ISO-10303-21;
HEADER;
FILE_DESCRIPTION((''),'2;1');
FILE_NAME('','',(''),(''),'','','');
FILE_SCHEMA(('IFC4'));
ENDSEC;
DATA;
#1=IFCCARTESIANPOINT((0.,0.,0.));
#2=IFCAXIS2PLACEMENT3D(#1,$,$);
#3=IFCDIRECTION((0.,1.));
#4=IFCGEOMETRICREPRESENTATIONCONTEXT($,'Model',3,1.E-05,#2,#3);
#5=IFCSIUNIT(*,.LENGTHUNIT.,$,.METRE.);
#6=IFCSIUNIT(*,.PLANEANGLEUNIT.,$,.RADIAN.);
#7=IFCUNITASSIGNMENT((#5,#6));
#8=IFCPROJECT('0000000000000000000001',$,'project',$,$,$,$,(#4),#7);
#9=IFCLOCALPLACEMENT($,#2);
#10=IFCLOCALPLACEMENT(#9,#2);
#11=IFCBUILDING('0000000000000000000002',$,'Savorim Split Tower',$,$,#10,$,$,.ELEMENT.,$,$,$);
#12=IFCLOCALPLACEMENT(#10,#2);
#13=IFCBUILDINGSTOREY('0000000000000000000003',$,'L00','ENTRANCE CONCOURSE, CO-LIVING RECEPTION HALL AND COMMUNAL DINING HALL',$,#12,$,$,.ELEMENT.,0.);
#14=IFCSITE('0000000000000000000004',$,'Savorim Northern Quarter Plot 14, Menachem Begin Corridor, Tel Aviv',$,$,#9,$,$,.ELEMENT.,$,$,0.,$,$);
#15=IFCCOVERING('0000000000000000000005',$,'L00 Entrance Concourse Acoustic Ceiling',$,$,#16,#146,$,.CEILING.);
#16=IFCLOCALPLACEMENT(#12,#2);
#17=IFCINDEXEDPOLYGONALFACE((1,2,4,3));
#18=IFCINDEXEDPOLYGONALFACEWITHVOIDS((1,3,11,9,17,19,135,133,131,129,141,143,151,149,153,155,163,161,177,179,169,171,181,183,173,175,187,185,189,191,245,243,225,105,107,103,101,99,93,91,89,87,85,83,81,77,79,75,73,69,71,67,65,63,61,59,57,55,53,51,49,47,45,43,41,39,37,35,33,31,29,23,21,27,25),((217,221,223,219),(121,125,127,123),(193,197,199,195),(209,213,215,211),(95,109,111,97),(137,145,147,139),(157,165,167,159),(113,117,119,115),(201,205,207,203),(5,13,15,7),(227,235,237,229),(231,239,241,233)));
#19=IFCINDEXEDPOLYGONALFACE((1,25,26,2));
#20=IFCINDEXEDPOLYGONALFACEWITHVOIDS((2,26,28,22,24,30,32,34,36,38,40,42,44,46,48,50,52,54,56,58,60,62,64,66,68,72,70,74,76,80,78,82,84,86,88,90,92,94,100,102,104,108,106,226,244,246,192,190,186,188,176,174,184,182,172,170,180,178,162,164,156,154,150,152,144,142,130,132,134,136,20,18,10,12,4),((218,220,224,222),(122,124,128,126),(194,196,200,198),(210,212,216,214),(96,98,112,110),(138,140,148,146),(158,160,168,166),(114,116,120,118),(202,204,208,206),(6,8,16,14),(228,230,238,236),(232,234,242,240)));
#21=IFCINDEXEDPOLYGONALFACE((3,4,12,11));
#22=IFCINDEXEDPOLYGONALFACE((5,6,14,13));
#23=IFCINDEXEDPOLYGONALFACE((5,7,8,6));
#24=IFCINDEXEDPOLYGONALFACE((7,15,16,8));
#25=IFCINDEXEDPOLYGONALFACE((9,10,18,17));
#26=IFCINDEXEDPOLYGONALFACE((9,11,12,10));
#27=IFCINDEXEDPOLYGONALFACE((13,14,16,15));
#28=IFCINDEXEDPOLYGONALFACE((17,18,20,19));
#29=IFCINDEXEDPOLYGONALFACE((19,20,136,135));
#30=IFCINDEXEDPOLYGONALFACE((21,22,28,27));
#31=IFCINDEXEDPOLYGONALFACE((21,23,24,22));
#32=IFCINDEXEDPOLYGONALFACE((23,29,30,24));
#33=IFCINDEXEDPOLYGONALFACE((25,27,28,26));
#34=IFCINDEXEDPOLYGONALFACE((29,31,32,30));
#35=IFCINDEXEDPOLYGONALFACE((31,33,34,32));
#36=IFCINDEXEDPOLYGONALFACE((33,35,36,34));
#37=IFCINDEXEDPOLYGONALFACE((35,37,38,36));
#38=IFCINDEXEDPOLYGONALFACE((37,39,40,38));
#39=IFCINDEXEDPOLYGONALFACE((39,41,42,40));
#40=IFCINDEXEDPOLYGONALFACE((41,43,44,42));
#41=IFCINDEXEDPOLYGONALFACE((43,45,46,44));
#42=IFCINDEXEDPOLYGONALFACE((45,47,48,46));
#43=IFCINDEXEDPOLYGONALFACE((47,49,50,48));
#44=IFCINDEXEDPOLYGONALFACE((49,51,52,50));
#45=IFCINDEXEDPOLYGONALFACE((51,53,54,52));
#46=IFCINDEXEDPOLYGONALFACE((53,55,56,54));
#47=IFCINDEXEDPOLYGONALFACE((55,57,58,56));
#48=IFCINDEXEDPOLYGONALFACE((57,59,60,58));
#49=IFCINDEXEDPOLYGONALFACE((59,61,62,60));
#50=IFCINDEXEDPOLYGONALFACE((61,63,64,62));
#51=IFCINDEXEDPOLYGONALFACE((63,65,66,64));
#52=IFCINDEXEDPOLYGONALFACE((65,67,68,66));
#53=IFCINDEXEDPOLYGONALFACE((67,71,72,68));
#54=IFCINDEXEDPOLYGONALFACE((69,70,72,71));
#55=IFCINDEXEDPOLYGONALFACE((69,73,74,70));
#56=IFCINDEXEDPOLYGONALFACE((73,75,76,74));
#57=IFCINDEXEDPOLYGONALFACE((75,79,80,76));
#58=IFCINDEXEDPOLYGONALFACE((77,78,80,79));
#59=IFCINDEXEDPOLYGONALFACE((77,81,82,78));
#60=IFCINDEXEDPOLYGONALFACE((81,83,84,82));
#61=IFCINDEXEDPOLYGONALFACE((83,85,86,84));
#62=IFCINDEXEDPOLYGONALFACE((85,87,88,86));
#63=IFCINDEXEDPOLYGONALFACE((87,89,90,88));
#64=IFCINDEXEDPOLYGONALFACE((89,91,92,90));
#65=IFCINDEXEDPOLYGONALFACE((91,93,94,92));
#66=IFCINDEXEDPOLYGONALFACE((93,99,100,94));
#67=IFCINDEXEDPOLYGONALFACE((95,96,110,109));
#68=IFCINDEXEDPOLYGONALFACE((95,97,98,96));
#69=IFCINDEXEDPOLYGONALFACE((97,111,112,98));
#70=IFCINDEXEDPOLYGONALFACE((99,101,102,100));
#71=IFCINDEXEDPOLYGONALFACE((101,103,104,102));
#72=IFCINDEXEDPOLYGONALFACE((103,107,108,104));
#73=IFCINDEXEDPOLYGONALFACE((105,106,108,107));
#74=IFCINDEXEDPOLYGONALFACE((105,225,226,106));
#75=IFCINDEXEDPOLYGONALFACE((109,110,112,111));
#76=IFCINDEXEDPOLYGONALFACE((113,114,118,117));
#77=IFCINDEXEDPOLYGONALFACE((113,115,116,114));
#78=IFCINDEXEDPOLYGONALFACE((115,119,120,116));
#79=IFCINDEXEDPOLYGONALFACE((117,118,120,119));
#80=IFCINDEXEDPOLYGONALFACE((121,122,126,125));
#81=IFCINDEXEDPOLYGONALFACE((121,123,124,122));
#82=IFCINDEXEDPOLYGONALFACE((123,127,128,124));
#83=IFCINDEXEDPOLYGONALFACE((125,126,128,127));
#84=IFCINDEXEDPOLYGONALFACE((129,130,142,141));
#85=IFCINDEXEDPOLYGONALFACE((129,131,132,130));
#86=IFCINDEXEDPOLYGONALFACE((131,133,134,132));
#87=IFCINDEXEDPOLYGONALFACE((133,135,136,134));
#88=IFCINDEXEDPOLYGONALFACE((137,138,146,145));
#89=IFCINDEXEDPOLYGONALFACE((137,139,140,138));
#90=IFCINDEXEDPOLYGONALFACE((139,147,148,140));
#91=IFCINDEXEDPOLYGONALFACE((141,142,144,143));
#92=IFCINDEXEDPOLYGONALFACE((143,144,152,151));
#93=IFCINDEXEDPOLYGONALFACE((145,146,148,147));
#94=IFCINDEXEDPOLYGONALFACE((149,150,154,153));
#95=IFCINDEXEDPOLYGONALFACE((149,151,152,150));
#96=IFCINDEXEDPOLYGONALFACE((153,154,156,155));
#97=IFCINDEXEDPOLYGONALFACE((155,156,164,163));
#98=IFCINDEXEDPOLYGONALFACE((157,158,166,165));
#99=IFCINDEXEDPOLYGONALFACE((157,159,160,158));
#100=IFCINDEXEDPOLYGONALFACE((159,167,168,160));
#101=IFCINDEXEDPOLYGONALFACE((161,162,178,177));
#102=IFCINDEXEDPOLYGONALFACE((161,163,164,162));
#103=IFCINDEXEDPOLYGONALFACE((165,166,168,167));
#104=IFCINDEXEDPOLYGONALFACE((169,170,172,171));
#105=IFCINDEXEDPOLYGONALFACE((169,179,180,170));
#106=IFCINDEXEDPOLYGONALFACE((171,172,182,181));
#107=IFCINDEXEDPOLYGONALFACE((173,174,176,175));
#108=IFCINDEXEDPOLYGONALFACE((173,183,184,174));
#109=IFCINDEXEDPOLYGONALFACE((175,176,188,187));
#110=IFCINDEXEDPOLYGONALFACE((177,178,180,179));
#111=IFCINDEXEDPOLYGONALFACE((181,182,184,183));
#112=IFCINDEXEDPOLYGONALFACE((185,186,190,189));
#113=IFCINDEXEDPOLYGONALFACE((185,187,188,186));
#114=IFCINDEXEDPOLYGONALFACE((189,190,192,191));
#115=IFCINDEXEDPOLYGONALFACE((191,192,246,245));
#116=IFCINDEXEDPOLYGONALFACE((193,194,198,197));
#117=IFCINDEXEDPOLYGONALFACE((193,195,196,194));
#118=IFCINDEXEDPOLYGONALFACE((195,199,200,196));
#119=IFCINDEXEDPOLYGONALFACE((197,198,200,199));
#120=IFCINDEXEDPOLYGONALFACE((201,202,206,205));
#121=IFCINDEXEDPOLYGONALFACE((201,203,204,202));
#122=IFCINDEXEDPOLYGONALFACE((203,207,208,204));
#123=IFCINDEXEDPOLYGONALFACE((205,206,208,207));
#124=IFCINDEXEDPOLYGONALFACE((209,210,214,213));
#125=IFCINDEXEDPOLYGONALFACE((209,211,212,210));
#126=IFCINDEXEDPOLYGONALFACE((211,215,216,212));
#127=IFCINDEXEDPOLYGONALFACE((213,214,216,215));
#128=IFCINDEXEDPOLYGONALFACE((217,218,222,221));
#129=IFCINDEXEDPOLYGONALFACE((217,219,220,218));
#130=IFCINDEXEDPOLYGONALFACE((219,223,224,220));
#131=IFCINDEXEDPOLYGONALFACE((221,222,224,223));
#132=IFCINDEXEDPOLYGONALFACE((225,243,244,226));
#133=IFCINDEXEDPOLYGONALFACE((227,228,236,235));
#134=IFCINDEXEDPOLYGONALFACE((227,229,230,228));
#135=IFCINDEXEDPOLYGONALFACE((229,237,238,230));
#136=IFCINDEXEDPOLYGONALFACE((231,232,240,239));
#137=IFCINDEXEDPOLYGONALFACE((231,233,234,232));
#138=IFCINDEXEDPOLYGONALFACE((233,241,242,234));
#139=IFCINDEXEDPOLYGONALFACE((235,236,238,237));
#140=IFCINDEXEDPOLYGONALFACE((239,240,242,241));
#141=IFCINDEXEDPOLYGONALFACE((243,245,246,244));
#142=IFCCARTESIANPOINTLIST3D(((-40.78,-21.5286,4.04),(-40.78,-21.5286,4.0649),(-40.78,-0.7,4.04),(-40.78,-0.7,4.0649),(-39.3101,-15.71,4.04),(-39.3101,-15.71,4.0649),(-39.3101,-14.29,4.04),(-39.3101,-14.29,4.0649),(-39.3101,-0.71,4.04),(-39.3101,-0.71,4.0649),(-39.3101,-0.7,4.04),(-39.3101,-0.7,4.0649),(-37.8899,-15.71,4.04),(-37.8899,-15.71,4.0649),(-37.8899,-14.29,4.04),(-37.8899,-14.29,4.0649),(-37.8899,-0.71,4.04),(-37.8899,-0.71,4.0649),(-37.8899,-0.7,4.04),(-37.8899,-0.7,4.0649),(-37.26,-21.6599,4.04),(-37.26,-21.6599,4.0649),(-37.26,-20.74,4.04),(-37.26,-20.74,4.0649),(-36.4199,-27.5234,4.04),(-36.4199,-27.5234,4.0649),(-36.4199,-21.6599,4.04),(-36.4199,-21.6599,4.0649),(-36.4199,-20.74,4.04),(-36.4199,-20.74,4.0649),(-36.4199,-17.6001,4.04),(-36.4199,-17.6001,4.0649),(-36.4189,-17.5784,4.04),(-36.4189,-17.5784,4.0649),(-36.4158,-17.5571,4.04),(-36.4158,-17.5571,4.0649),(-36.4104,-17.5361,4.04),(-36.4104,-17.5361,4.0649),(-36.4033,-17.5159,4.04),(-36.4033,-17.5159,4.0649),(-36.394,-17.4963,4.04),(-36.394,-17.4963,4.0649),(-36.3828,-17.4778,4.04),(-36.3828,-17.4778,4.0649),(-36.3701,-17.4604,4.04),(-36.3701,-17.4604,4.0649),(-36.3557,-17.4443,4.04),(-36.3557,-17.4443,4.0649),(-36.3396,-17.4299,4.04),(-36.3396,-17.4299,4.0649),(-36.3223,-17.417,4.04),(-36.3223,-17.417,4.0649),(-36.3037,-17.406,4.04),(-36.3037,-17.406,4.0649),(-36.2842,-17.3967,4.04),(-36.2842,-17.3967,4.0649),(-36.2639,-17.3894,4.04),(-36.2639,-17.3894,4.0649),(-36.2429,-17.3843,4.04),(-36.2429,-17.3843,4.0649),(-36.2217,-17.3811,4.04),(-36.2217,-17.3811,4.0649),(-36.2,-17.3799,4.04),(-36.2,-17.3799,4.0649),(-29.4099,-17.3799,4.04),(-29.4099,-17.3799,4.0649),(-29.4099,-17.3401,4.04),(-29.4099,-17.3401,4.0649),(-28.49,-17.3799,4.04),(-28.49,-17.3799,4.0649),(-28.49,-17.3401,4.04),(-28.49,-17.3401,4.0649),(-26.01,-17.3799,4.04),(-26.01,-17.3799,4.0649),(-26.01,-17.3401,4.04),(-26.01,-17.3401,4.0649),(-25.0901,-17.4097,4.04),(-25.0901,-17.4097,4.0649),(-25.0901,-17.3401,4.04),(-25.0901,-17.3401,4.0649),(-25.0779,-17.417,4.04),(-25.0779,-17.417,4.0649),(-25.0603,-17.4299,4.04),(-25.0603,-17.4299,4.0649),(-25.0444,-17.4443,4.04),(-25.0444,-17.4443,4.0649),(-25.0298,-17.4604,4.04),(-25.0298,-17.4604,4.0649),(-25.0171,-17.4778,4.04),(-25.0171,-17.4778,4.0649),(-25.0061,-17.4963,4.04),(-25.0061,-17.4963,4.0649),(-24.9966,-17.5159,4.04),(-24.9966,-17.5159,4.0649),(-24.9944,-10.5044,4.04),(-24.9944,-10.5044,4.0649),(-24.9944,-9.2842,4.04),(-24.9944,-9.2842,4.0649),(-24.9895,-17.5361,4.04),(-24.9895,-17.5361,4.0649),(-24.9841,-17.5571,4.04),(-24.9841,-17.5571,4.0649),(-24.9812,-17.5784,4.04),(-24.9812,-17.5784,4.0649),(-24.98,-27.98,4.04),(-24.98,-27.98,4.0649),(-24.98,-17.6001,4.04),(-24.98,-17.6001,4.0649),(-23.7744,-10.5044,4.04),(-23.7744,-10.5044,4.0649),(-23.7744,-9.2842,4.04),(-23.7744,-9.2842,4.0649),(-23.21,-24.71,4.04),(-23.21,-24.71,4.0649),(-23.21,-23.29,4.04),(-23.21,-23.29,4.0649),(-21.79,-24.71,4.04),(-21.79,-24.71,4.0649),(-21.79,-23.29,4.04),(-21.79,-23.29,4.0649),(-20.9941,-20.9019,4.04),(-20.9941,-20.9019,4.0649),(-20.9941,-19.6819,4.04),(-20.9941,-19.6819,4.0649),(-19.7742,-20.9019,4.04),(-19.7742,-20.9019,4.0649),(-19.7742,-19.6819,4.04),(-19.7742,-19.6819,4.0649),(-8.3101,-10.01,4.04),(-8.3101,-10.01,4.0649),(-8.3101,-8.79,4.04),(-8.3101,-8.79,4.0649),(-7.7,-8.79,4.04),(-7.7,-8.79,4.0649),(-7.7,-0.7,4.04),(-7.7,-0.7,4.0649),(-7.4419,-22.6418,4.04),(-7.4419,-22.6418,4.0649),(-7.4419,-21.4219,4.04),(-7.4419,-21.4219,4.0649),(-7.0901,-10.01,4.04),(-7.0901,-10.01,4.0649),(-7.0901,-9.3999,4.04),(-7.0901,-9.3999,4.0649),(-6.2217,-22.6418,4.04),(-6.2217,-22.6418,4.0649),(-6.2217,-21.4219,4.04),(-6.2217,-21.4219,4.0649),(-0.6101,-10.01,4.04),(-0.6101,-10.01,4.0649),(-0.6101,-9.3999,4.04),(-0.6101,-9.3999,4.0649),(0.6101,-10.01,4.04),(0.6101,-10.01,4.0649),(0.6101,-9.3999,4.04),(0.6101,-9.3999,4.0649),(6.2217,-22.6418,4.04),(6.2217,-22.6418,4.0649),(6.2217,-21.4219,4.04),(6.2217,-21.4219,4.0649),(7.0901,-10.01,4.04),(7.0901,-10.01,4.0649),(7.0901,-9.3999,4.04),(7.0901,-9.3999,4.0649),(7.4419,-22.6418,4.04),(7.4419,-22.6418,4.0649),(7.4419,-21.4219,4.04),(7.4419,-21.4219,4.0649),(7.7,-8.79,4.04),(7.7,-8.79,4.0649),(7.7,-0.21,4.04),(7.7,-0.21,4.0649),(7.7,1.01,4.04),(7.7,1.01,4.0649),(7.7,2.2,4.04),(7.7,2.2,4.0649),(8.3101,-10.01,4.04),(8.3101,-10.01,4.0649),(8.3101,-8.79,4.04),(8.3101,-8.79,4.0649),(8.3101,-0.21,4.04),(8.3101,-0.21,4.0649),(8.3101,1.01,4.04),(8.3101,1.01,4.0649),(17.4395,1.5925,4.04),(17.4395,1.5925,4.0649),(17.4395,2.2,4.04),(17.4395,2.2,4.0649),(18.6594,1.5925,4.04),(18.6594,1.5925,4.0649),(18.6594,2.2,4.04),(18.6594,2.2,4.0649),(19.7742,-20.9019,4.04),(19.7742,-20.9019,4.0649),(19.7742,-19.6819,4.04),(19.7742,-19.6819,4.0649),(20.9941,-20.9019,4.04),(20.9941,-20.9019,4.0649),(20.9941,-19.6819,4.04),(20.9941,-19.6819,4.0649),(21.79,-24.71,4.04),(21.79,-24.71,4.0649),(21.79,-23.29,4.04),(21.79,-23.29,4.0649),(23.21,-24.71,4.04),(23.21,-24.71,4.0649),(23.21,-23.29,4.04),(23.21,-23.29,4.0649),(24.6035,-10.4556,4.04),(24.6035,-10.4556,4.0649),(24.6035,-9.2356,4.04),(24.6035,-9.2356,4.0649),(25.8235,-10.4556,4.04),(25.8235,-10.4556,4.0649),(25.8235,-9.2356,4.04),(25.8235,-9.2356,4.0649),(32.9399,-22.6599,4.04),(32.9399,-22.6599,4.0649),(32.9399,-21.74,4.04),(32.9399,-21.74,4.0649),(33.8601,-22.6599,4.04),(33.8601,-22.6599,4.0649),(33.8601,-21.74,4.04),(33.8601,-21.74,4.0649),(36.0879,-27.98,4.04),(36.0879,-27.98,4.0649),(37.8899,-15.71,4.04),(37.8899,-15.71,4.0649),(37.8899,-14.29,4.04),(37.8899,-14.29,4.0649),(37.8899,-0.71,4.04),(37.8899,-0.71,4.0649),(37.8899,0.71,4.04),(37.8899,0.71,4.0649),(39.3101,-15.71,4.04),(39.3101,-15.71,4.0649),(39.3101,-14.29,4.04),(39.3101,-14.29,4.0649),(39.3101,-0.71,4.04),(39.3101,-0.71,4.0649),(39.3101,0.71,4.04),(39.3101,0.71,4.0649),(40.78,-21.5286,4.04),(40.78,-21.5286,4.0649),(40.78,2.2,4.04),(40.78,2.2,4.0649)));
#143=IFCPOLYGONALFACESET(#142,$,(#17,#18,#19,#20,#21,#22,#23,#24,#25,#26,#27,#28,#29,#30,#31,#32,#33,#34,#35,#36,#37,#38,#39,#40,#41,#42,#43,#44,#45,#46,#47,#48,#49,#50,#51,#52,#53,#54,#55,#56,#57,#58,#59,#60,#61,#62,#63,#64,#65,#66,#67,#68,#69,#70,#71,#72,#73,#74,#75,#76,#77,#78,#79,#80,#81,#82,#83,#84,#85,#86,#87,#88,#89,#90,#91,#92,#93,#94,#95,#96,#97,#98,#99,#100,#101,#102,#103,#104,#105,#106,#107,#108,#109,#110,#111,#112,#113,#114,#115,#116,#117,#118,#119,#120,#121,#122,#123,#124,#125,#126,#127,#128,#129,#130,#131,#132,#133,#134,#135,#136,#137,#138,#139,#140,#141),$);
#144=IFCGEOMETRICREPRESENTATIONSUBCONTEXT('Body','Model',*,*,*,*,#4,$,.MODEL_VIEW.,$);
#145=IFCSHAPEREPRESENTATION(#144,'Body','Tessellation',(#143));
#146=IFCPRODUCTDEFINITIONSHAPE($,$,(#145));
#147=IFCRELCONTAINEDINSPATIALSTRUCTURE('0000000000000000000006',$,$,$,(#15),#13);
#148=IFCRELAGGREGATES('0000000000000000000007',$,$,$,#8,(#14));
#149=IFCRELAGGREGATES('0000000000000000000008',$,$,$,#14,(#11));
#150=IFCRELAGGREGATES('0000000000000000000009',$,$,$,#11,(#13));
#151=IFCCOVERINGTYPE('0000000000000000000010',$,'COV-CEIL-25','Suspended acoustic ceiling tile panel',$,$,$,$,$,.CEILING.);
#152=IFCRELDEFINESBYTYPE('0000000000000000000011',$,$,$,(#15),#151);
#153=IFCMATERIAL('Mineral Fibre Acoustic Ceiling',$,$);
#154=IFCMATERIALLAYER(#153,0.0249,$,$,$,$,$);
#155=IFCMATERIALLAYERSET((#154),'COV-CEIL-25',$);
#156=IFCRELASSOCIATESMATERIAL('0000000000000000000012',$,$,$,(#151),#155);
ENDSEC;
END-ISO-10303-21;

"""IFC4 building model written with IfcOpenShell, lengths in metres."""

from ifc_helpers import new_model, si_unit, direction, frame, origin, place, context, subcontext, project, spatial, polyline, outline, extrude, material, layer, layer_set, type_object, element, save


model = new_model("IFC4")

# Units and contexts
model_context = context("Model", 3, precision=1e-05, world=origin(), true_north=direction((0.0, 1.0)))
body_context = subcontext(model_context, "Body", "Model", "MODEL_VIEW")
ifc_project = project(units=[si_unit("LENGTHUNIT", "METRE"), si_unit("PLANEANGLEUNIT", "RADIAN")], contexts=[model_context])

# Site, building, storey
site_placement = place(None, origin())
site = spatial("IfcSite", under=ifc_project, at=site_placement, Name="Savorim Northern Quarter Plot 14, Menachem Begin Corridor, Tel Aviv", CompositionType="ELEMENT", RefElevation=0.0)
building_placement = place(site_placement, origin())
building = spatial("IfcBuilding", under=site, at=building_placement, Name="Savorim Split Tower", CompositionType="ELEMENT")
storey_placement = place(building_placement, origin())
storey = spatial("IfcBuildingStorey", under=building, at=storey_placement, Name="L00", Description="ENTRANCE CONCOURSE, CO-LIVING RECEPTION HALL AND COMMUNAL DINING HALL", CompositionType="ELEMENT", Elevation=0.0)

# Covering
ifc_material_1 = material(Name="Mineral Fibre Acoustic Ceiling")
ifc_layer_1 = layer(ifc_material_1, 0.0249)
ifc_layer_set_1 = layer_set([ifc_layer_1], Name="COV-CEIL-25")
covering_type_1 = type_object("IfcCoveringType", Name="COV-CEIL-25", Description="Suspended acoustic ceiling tile panel", PredefinedType="CEILING", material=ifc_layer_set_1)
covering_1_placement = place(storey_placement, frame((0.0, 0.0, 4.04)))
element("IfcCovering", 1, at=covering_1_placement, inside=storey, type_object=covering_type_1, Name="L00 Entrance Concourse Acoustic Ceiling", PredefinedType="CEILING", context=body_context, shape_type="SweptSolid", body=[
    extrude(outline(polyline([(-24.98, -27.98), (36.0879, -27.98), (40.78, -21.5286), (40.78, 2.2), (18.6594, 2.2), (18.6594, 1.5925), (17.4395, 1.5925), (17.4395, 2.2), (7.7, 2.2), (7.7, 1.01), (8.3101, 1.01), (8.3101, -0.21), (7.7, -0.21), (7.7, -8.79), (8.3101, -8.79), (8.3101, -10.01), (7.0901, -10.01), (7.0901, -9.3999), (0.6101, -9.3999), (0.6101, -10.01), (-0.6101, -10.01), (-0.6101, -9.3999), (-7.0901, -9.3999), (-7.0901, -10.01), (-8.3101, -10.01), (-8.3101, -8.79), (-7.7, -8.79), (-7.7, -0.7), (-37.8899, -0.7), (-37.8899, -0.71), (-39.3101, -0.71), (-39.3101, -0.7), (-40.78, -0.7), (-40.78, -21.5286), (-36.4199, -27.5234), (-36.4199, -21.6599), (-37.26, -21.6599), (-37.26, -20.74), (-36.4199, -20.74), (-36.4199, -17.6001), (-36.4189, -17.5784), (-36.4158, -17.5571), (-36.4104, -17.5361), (-36.4033, -17.5159), (-36.394, -17.4963), (-36.3828, -17.4778), (-36.3701, -17.4604), (-36.3557, -17.4443), (-36.3396, -17.4299), (-36.3223, -17.417), (-36.3037, -17.406), (-36.2842, -17.3967), (-36.2639, -17.3894), (-36.2429, -17.3843), (-36.2217, -17.3811), (-36.2, -17.3799), (-29.4099, -17.3799), (-29.4099, -17.3401), (-28.49, -17.3401), (-28.49, -17.3799), (-26.01, -17.3799), (-26.01, -17.3401), (-25.0901, -17.3401), (-25.0901, -17.4097), (-25.0779, -17.417), (-25.0603, -17.4299), (-25.0444, -17.4443), (-25.0298, -17.4604), (-25.0171, -17.4778), (-25.0061, -17.4963), (-24.9966, -17.5159), (-24.9895, -17.5361), (-24.9841, -17.5571), (-24.9812, -17.5784), (-24.98, -17.6001), (-24.98, -27.98)]), holes=[polyline([(37.8899, -14.29), (37.8899, -15.71), (39.3101, -15.71), (39.3101, -14.29), (37.8899, -14.29)]), polyline([(37.8899, 0.71), (37.8899, -0.71), (39.3101, -0.71), (39.3101, 0.71), (37.8899, 0.71)]), polyline([(-39.3101, -14.29), (-39.3101, -15.71), (-37.8899, -15.71), (-37.8899, -14.29), (-39.3101, -14.29)]), polyline([(-23.21, -24.71), (-21.79, -24.71), (-21.79, -23.29), (-23.21, -23.29), (-23.21, -24.71)]), polyline([(21.79, -24.71), (23.21, -24.71), (23.21, -23.29), (21.79, -23.29), (21.79, -24.71)]), polyline([(-19.7742, -20.9019), (-19.7742, -19.6819), (-20.9941, -19.6819), (-20.9941, -20.9019), (-19.7742, -20.9019)]), polyline([(-6.2217, -21.4219), (-7.4419, -21.4219), (-7.4419, -22.6418), (-6.2217, -22.6418), (-6.2217, -21.4219)]), polyline([(6.2217, -21.4219), (6.2217, -22.6418), (7.4419, -22.6418), (7.4419, -21.4219), (6.2217, -21.4219)]), polyline([(19.7742, -20.9019), (20.9941, -20.9019), (20.9941, -19.6819), (19.7742, -19.6819), (19.7742, -20.9019)]), polyline([(25.8235, -10.4556), (25.8235, -9.2356), (24.6035, -9.2356), (24.6035, -10.4556), (25.8235, -10.4556)]), polyline([(-23.7744, -9.2842), (-24.9944, -9.2842), (-24.9944, -10.5044), (-23.7744, -10.5044), (-23.7744, -9.2842)]), polyline([(32.9399, -21.74), (32.9399, -22.6599), (33.8601, -22.6599), (33.8601, -21.74), (32.9399, -21.74)])]), origin(), (0.0, 0.0, 1.0), 0.0249),
])

save(model, "model.ifc")
